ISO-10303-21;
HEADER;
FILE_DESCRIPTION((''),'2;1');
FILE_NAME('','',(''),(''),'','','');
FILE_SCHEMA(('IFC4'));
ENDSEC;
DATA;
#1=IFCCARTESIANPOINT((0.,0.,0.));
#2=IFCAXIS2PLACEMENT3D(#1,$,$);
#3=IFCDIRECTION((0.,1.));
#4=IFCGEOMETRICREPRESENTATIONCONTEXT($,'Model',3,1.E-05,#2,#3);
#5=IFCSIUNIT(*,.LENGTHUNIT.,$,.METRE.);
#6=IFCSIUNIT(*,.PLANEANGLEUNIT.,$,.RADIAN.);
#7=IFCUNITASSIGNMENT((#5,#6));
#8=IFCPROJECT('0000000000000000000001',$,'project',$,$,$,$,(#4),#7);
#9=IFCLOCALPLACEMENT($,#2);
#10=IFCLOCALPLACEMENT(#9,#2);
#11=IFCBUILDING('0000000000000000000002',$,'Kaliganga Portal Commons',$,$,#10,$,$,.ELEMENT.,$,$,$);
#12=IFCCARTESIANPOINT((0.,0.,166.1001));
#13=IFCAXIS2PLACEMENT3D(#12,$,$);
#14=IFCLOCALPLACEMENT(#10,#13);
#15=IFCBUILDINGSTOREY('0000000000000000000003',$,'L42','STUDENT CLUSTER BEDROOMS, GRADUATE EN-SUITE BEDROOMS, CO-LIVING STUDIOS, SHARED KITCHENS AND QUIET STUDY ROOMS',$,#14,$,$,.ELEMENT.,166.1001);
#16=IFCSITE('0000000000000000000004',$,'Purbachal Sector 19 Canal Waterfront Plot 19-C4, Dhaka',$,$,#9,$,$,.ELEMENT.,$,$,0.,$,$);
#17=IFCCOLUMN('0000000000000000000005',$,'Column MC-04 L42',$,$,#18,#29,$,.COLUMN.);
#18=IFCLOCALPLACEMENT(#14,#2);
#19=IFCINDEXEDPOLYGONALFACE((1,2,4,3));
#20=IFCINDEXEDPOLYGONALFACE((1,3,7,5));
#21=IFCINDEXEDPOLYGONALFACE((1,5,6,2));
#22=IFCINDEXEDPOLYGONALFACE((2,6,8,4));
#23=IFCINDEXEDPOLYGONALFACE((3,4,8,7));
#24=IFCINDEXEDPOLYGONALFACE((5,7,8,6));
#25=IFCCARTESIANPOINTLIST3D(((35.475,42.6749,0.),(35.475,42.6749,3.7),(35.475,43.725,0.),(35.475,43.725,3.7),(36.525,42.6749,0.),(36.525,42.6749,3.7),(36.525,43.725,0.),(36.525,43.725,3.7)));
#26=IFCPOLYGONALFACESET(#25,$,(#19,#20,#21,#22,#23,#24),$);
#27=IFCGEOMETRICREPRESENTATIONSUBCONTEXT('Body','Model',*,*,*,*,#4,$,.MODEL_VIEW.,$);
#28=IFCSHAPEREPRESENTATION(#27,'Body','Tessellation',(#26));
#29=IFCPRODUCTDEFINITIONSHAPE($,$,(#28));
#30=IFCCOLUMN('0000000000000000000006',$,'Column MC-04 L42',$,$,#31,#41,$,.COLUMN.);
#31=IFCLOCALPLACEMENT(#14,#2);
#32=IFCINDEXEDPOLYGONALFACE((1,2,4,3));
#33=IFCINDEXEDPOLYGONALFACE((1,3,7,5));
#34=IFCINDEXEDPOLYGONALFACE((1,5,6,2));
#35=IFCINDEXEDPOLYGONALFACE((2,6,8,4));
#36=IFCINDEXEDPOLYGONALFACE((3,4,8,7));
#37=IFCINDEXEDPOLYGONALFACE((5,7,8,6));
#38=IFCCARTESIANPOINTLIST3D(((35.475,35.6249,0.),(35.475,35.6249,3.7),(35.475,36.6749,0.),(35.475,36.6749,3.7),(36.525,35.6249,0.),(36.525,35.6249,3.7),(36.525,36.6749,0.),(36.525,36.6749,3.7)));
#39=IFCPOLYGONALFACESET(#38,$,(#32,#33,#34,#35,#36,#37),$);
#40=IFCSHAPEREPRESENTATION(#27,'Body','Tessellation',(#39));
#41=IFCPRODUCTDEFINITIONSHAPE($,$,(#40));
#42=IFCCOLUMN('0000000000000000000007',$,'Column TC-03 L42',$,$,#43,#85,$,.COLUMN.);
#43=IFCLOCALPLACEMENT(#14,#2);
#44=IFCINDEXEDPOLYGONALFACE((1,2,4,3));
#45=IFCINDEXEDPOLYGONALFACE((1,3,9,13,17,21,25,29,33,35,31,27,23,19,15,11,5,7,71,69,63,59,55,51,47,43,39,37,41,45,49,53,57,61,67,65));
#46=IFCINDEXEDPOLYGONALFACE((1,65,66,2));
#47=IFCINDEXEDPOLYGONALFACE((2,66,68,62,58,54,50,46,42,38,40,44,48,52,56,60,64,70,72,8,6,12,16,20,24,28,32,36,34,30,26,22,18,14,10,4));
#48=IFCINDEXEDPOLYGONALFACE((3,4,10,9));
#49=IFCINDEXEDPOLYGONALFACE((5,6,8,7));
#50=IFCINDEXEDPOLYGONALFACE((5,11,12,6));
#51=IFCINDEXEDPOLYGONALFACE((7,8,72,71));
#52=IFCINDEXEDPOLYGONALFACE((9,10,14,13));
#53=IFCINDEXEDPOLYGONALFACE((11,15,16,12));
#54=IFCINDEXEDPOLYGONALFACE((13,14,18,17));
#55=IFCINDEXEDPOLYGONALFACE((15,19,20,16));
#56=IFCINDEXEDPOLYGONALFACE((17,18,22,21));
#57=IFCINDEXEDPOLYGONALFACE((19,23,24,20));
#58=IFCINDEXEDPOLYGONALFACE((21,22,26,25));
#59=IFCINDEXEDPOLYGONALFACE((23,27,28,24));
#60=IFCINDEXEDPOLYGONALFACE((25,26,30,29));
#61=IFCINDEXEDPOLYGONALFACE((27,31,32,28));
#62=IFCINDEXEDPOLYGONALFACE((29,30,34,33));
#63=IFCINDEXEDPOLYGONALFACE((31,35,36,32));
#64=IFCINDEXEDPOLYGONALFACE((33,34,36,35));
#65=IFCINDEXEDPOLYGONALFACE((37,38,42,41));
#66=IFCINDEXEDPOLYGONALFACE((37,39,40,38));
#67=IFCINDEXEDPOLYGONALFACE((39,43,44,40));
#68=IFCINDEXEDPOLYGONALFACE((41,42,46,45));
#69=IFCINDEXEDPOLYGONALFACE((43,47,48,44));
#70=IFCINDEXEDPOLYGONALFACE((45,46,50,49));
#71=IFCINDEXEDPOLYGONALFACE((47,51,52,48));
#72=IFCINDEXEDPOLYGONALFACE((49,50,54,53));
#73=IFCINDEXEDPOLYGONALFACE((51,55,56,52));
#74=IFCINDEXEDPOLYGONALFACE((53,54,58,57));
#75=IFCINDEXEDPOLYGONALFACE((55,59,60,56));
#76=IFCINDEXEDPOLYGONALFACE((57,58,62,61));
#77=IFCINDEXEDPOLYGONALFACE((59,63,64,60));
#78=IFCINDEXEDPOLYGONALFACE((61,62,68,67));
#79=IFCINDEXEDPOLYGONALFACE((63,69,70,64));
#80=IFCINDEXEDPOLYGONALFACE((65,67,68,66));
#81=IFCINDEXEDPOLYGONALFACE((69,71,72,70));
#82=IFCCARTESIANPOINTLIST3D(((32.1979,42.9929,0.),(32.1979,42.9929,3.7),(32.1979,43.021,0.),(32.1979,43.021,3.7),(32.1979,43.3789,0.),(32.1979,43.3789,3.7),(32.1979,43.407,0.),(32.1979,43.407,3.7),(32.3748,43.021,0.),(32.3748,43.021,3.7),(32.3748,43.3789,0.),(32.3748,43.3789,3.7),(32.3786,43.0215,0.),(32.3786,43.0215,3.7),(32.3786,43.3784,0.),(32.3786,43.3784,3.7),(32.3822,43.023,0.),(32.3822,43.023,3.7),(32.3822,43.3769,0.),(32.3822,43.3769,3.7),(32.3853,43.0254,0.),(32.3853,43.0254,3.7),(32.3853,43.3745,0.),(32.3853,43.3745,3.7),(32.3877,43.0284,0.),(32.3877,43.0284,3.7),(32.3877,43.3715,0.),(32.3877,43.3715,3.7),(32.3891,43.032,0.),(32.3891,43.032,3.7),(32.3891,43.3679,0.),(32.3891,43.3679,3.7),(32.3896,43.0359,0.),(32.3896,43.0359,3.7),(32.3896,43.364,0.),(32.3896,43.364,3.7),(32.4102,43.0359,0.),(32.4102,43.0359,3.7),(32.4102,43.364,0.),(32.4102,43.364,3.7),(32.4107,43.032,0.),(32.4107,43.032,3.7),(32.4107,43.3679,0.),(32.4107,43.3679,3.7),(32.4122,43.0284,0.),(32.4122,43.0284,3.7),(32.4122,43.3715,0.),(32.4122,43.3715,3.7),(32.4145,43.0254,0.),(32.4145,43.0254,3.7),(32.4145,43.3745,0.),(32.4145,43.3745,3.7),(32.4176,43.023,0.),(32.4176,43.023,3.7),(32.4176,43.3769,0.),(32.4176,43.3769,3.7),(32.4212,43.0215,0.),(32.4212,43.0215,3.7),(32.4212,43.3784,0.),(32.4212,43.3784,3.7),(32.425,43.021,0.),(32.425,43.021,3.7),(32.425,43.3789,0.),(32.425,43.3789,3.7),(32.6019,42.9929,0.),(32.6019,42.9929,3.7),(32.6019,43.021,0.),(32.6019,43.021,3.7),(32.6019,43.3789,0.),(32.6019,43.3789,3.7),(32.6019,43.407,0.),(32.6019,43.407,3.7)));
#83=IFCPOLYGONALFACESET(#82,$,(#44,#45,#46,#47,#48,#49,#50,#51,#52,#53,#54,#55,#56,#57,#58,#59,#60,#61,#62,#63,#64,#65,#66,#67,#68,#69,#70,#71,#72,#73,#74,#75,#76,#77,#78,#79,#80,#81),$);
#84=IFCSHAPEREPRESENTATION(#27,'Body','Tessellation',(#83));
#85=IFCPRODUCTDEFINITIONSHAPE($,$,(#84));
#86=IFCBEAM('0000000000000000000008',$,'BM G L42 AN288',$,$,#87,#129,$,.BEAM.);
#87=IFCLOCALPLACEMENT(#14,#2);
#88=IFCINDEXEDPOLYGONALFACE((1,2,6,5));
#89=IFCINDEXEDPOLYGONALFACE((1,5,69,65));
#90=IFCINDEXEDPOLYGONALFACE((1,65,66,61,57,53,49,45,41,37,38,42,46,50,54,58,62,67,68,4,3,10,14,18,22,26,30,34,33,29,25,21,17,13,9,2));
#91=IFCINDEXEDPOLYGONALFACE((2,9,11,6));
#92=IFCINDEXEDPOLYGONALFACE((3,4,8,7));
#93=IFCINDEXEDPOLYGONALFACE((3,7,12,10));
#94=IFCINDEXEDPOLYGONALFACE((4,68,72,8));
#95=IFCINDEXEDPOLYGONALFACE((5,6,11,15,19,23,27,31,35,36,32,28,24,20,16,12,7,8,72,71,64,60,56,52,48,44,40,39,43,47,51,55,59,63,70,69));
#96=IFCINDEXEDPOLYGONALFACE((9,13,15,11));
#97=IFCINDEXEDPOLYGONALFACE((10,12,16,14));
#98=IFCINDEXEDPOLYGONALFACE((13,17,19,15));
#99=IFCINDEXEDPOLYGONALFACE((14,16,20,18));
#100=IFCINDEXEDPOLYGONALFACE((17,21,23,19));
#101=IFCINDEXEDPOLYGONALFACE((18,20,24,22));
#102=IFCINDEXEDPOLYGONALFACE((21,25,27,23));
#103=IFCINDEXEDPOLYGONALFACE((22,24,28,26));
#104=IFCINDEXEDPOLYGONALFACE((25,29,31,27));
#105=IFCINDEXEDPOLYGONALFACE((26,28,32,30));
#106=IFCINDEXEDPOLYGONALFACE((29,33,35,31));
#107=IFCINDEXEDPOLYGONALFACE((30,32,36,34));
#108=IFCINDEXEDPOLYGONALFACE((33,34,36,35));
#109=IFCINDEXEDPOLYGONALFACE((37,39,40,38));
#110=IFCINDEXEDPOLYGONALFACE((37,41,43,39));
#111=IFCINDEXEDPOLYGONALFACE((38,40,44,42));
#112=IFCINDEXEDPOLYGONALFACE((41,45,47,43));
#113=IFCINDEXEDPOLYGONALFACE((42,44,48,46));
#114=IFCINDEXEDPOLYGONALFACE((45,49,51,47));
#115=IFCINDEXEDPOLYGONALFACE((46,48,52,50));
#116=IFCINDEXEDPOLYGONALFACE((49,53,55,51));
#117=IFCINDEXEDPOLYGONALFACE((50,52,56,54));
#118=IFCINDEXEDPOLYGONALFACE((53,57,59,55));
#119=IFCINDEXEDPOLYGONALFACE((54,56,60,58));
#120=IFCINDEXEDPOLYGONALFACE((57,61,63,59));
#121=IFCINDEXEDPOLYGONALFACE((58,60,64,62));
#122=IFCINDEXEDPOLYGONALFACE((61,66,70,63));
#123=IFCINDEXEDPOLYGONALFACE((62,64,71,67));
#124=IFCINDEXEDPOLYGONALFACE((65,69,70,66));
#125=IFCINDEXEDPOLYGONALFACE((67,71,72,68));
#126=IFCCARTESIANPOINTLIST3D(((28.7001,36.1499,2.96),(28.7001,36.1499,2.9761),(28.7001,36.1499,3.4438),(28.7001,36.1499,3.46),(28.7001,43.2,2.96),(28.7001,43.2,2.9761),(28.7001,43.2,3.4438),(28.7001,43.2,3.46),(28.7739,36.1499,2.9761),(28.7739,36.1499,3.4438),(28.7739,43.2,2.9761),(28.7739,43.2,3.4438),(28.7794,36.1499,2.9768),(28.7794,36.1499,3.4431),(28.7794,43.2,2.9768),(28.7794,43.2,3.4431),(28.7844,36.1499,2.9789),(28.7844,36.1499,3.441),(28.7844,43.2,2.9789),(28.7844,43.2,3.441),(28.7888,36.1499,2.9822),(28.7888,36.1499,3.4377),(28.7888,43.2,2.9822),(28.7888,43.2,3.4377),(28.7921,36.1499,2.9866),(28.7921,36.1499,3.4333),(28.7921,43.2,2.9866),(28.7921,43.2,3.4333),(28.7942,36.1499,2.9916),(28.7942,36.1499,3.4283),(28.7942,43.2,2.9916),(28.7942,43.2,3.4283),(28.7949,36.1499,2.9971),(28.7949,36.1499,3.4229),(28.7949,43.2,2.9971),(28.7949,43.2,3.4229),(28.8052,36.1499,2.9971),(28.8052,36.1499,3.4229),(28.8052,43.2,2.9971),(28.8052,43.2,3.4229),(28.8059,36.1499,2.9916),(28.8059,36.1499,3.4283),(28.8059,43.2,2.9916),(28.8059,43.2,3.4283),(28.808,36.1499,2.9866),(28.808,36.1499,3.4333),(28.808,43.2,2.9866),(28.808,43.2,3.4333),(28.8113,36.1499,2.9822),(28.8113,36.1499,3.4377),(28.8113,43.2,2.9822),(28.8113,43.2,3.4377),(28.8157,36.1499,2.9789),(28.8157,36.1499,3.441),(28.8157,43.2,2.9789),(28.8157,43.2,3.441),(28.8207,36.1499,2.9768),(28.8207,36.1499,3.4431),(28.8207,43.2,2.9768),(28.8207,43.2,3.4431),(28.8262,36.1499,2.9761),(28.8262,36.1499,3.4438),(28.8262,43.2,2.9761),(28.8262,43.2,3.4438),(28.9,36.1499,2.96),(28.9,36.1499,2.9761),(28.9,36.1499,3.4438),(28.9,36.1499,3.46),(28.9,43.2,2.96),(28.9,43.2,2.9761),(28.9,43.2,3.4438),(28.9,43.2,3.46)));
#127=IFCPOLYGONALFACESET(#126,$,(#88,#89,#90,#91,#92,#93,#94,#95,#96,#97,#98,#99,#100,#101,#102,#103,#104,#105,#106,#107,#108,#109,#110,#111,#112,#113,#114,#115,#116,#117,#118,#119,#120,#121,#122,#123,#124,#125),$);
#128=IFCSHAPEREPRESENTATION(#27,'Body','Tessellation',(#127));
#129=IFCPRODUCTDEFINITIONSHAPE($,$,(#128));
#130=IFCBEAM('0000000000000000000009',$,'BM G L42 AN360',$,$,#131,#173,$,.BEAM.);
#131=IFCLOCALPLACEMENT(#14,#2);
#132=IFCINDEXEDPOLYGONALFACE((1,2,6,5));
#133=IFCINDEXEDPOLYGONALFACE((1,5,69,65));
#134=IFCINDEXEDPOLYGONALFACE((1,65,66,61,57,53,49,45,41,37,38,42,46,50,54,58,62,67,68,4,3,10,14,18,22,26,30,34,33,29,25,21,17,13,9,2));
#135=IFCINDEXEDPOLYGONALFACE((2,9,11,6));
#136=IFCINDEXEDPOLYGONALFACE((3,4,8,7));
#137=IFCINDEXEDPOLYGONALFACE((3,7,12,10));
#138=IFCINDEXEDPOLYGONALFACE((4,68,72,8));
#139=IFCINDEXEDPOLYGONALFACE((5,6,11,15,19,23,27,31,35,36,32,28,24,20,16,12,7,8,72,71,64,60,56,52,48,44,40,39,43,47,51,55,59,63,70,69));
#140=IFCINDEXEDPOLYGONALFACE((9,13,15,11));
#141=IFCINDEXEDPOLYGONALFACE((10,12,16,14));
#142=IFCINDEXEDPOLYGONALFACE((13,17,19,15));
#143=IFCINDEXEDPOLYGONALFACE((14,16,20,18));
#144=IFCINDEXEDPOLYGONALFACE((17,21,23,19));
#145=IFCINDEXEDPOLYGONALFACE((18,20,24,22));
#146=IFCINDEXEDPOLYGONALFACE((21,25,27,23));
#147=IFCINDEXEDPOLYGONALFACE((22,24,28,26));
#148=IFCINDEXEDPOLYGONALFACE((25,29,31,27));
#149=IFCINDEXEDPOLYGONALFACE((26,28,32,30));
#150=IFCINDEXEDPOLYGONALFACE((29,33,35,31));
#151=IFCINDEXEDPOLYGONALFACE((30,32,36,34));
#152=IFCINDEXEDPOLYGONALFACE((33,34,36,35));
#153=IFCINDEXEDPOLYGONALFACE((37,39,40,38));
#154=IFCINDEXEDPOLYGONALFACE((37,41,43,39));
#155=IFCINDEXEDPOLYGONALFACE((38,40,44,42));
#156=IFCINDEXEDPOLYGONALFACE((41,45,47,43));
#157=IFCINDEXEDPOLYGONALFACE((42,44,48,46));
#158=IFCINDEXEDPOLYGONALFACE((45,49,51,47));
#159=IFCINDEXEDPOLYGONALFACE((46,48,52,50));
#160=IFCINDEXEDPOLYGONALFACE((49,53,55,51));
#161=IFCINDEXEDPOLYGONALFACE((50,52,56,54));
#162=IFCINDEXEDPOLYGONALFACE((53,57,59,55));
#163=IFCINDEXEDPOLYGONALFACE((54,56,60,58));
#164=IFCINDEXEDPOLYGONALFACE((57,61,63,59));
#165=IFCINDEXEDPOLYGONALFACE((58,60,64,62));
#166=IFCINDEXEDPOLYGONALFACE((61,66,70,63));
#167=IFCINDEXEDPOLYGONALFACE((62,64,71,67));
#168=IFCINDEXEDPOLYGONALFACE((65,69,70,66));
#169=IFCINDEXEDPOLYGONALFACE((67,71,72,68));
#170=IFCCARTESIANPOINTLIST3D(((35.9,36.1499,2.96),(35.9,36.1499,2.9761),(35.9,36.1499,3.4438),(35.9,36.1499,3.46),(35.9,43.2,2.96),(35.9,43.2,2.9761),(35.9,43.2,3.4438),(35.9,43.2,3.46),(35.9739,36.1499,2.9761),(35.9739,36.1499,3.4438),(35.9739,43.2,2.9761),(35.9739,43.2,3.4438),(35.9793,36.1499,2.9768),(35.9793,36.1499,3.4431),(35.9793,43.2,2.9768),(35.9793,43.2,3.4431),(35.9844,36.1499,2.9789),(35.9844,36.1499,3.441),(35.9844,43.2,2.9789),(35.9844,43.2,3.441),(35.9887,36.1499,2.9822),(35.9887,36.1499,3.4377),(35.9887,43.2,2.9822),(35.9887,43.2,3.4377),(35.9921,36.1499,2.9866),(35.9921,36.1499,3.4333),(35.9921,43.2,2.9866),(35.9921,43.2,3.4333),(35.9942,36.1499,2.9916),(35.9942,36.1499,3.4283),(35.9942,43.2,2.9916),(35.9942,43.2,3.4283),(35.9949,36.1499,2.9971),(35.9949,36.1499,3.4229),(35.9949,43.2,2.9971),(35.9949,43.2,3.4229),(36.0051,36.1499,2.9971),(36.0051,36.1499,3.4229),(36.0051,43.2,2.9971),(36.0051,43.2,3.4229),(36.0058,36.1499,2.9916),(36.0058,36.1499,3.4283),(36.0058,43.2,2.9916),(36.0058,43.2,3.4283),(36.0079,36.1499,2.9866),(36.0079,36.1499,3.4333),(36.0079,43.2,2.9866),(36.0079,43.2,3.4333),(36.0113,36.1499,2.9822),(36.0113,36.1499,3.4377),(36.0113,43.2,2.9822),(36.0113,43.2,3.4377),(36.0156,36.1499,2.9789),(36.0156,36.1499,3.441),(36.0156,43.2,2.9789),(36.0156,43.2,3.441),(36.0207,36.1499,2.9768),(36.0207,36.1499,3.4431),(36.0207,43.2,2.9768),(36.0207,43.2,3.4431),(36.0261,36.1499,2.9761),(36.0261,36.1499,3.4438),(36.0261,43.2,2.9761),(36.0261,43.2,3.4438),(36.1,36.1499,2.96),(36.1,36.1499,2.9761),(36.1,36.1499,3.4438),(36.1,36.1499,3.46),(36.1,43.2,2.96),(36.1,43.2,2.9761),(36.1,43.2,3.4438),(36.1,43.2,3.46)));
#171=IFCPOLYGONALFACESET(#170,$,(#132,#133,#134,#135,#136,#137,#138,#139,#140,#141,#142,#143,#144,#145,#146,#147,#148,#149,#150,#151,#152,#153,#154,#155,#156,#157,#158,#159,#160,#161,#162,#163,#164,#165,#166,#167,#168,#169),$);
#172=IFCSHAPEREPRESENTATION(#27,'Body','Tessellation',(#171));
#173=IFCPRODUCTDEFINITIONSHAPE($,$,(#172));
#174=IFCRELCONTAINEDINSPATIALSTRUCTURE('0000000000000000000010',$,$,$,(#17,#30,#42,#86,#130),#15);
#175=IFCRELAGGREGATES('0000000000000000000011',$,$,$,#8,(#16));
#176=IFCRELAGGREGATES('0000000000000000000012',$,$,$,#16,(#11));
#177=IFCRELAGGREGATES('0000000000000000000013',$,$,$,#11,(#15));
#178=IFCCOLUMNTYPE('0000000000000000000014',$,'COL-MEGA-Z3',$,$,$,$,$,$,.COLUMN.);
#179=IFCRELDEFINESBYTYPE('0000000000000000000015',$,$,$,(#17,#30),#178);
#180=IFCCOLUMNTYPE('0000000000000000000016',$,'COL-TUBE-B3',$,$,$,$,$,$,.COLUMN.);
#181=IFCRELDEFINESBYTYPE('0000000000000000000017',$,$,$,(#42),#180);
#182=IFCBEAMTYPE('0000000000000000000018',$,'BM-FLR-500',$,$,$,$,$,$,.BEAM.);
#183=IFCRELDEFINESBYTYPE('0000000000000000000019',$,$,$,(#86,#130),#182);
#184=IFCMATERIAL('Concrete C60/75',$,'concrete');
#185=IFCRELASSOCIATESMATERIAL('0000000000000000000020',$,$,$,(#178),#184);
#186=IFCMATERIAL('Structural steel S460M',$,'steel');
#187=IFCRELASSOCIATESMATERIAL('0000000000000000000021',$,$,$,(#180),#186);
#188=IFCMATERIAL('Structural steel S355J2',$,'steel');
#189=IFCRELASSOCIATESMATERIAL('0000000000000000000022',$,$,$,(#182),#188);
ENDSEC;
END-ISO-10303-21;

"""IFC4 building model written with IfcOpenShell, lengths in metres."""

from ifc_helpers import new_model, si_unit, direction, frame, origin, origin_2d, place, context, subcontext, project, spatial, rectangle, i_section, extrude, source, transform, mapped, material, material_profile, profile_set, type_object, element, save


model = new_model("IFC4")

# Units and contexts
model_context = context("Model", 3, precision=1e-05, world=origin(), true_north=direction((0.0, 1.0)))
body_context = subcontext(model_context, "Body", "Model", "MODEL_VIEW")
ifc_project = project(units=[si_unit("LENGTHUNIT", "METRE"), si_unit("PLANEANGLEUNIT", "RADIAN")], contexts=[model_context])

# Site, building, storey
site_placement = place(None, origin())
site = spatial("IfcSite", under=ifc_project, at=site_placement, Name="Purbachal Sector 19 Canal Waterfront Plot 19-C4, Dhaka", CompositionType="ELEMENT", RefElevation=0.0)
building_placement = place(site_placement, origin())
building = spatial("IfcBuilding", under=site, at=building_placement, Name="Kaliganga Portal Commons", CompositionType="ELEMENT")
storey_placement = place(building_placement, frame((0.0, 0.0, 166.1001)))
storey = spatial("IfcBuildingStorey", under=building, at=storey_placement, Name="L42", Description="STUDENT CLUSTER BEDROOMS, GRADUATE EN-SUITE BEDROOMS, CO-LIVING STUDIOS, SHARED KITCHENS AND QUIET STUDY ROOMS", CompositionType="ELEMENT", Elevation=166.1001)

# Columns
ifc_material_1 = material(Name="Concrete C60/75", Category="concrete")
ifc_material_profile_1 = material_profile(ifc_material_1, rectangle(XDim=1.05, YDim=1.05, at=origin_2d()), Name="RC 1050x1050")
ifc_profile_set_1 = profile_set([ifc_material_profile_1], Name="Concrete C60/75")
column_type_1 = type_object("IfcColumnType", Name="COL-MEGA-Z3", PredefinedType="COLUMN", material=ifc_profile_set_1)
shared_shape_1 = source(origin(), body_context, "Body", "SweptSolid", [
    extrude(rectangle(XDim=1.05, YDim=1.05, at=origin_2d()), origin(), (0.0, 0.0, 1.0), 3.7),
])
for number, where, z_axis, x_axis, name in (
    (1, (36.0, 43.2, 0.0), (0.0, 0.0, 1.0), (1.0, 0.0, 0.0), "Column MC-04 L42"),
    (2, (36.0, 36.1499, 0.0), (0.0, 0.0, 1.0), (1.0, 0.0, 0.0), "Column MC-04 L42"),
):
    element("IfcColumn", number, at=place(storey_placement, frame(where, z_axis=z_axis, x_axis=x_axis)), inside=storey, type_object=column_type_1, Name=name, PredefinedType="COLUMN", context=body_context, shape_type="MappedRepresentation", body=[
        mapped(shared_shape_1, transform((0.0, 0.0, 0.0), x_axis=(1.0, 0.0, 0.0), y_axis=(0.0, 1.0, 0.0), z_axis=(0.0, 0.0, 1.0), scale=1.0)),
    ])
ifc_material_2 = material(Name="Structural steel S460M", Category="steel")
ifc_material_profile_2 = material_profile(ifc_material_2, i_section(OverallWidth=0.4041, OverallDepth=0.4141, WebThickness=0.0205, FlangeThickness=0.0281, FilletRadius=0.0149, at=origin_2d()), Name="HD 400x347")
ifc_profile_set_2 = profile_set([ifc_material_profile_2], Name="Structural steel S460M wide-flange")
column_type_2 = type_object("IfcColumnType", Name="COL-TUBE-B3", PredefinedType="COLUMN", material=ifc_profile_set_2)
shared_shape_2 = source(origin(), body_context, "Body", "SweptSolid", [
    extrude(i_section(OverallWidth=0.4041, OverallDepth=0.4141, WebThickness=0.0205, FlangeThickness=0.0281, FilletRadius=0.0149, at=origin_2d()), origin(), (0.0, 0.0, 1.0), 3.7),
])
column_placement = place(storey_placement, frame((32.3999, 43.2, 0.0), z_axis=(0.0, 0.0, 1.0), x_axis=(1.0, 0.0, 0.0)))
element("IfcColumn", 3, at=column_placement, inside=storey, type_object=column_type_2, Name="Column TC-03 L42", PredefinedType="COLUMN", context=body_context, shape_type="MappedRepresentation", body=[
    mapped(shared_shape_2, transform((0.0, 0.0, 0.0), x_axis=(1.0, 0.0, 0.0), y_axis=(0.0, 1.0, 0.0), z_axis=(0.0, 0.0, 1.0), scale=1.0)),
])

# Beams
ifc_material_3 = material(Name="Structural steel S355J2", Category="steel")
ifc_material_profile_3 = material_profile(ifc_material_3, i_section(OverallWidth=0.2, OverallDepth=0.5, WebThickness=0.0103, FlangeThickness=0.0161, FilletRadius=0.021, at=origin_2d()), Name="IPE 500")
ifc_profile_set_3 = profile_set([ifc_material_profile_3], Name="Structural steel S355J2 wide-flange")
beam_type_1 = type_object("IfcBeamType", Name="BM-FLR-500", PredefinedType="BEAM", material=ifc_profile_set_3)
shared_shape_3 = source(origin(), body_context, "Body", "SweptSolid", [
    extrude(i_section(OverallWidth=0.2, OverallDepth=0.5, WebThickness=0.0103, FlangeThickness=0.0161, FilletRadius=0.021, at=origin_2d()), origin(), (0.0, 0.0, 1.0), 7.05),
])
for number, where, z_axis, x_axis, name in (
    (4, (28.8, 36.1499, 3.21), (0.0, 1.0, 0.0), (-1.0, 0.0, 0.0), "BM G L42 AN288"),
    (5, (36.0, 36.1499, 3.21), (0.0, 1.0, 0.0), (-1.0, 0.0, 0.0), "BM G L42 AN360"),
):
    element("IfcBeam", number, at=place(storey_placement, frame(where, z_axis=z_axis, x_axis=x_axis)), inside=storey, type_object=beam_type_1, Name=name, PredefinedType="BEAM", context=body_context, shape_type="MappedRepresentation", body=[
        mapped(shared_shape_3, transform((0.0, 0.0, 0.0), x_axis=(1.0, 0.0, 0.0), y_axis=(0.0, 1.0, 0.0), z_axis=(0.0, 0.0, 1.0), scale=1.0)),
    ])

save(model, "model.ifc")
